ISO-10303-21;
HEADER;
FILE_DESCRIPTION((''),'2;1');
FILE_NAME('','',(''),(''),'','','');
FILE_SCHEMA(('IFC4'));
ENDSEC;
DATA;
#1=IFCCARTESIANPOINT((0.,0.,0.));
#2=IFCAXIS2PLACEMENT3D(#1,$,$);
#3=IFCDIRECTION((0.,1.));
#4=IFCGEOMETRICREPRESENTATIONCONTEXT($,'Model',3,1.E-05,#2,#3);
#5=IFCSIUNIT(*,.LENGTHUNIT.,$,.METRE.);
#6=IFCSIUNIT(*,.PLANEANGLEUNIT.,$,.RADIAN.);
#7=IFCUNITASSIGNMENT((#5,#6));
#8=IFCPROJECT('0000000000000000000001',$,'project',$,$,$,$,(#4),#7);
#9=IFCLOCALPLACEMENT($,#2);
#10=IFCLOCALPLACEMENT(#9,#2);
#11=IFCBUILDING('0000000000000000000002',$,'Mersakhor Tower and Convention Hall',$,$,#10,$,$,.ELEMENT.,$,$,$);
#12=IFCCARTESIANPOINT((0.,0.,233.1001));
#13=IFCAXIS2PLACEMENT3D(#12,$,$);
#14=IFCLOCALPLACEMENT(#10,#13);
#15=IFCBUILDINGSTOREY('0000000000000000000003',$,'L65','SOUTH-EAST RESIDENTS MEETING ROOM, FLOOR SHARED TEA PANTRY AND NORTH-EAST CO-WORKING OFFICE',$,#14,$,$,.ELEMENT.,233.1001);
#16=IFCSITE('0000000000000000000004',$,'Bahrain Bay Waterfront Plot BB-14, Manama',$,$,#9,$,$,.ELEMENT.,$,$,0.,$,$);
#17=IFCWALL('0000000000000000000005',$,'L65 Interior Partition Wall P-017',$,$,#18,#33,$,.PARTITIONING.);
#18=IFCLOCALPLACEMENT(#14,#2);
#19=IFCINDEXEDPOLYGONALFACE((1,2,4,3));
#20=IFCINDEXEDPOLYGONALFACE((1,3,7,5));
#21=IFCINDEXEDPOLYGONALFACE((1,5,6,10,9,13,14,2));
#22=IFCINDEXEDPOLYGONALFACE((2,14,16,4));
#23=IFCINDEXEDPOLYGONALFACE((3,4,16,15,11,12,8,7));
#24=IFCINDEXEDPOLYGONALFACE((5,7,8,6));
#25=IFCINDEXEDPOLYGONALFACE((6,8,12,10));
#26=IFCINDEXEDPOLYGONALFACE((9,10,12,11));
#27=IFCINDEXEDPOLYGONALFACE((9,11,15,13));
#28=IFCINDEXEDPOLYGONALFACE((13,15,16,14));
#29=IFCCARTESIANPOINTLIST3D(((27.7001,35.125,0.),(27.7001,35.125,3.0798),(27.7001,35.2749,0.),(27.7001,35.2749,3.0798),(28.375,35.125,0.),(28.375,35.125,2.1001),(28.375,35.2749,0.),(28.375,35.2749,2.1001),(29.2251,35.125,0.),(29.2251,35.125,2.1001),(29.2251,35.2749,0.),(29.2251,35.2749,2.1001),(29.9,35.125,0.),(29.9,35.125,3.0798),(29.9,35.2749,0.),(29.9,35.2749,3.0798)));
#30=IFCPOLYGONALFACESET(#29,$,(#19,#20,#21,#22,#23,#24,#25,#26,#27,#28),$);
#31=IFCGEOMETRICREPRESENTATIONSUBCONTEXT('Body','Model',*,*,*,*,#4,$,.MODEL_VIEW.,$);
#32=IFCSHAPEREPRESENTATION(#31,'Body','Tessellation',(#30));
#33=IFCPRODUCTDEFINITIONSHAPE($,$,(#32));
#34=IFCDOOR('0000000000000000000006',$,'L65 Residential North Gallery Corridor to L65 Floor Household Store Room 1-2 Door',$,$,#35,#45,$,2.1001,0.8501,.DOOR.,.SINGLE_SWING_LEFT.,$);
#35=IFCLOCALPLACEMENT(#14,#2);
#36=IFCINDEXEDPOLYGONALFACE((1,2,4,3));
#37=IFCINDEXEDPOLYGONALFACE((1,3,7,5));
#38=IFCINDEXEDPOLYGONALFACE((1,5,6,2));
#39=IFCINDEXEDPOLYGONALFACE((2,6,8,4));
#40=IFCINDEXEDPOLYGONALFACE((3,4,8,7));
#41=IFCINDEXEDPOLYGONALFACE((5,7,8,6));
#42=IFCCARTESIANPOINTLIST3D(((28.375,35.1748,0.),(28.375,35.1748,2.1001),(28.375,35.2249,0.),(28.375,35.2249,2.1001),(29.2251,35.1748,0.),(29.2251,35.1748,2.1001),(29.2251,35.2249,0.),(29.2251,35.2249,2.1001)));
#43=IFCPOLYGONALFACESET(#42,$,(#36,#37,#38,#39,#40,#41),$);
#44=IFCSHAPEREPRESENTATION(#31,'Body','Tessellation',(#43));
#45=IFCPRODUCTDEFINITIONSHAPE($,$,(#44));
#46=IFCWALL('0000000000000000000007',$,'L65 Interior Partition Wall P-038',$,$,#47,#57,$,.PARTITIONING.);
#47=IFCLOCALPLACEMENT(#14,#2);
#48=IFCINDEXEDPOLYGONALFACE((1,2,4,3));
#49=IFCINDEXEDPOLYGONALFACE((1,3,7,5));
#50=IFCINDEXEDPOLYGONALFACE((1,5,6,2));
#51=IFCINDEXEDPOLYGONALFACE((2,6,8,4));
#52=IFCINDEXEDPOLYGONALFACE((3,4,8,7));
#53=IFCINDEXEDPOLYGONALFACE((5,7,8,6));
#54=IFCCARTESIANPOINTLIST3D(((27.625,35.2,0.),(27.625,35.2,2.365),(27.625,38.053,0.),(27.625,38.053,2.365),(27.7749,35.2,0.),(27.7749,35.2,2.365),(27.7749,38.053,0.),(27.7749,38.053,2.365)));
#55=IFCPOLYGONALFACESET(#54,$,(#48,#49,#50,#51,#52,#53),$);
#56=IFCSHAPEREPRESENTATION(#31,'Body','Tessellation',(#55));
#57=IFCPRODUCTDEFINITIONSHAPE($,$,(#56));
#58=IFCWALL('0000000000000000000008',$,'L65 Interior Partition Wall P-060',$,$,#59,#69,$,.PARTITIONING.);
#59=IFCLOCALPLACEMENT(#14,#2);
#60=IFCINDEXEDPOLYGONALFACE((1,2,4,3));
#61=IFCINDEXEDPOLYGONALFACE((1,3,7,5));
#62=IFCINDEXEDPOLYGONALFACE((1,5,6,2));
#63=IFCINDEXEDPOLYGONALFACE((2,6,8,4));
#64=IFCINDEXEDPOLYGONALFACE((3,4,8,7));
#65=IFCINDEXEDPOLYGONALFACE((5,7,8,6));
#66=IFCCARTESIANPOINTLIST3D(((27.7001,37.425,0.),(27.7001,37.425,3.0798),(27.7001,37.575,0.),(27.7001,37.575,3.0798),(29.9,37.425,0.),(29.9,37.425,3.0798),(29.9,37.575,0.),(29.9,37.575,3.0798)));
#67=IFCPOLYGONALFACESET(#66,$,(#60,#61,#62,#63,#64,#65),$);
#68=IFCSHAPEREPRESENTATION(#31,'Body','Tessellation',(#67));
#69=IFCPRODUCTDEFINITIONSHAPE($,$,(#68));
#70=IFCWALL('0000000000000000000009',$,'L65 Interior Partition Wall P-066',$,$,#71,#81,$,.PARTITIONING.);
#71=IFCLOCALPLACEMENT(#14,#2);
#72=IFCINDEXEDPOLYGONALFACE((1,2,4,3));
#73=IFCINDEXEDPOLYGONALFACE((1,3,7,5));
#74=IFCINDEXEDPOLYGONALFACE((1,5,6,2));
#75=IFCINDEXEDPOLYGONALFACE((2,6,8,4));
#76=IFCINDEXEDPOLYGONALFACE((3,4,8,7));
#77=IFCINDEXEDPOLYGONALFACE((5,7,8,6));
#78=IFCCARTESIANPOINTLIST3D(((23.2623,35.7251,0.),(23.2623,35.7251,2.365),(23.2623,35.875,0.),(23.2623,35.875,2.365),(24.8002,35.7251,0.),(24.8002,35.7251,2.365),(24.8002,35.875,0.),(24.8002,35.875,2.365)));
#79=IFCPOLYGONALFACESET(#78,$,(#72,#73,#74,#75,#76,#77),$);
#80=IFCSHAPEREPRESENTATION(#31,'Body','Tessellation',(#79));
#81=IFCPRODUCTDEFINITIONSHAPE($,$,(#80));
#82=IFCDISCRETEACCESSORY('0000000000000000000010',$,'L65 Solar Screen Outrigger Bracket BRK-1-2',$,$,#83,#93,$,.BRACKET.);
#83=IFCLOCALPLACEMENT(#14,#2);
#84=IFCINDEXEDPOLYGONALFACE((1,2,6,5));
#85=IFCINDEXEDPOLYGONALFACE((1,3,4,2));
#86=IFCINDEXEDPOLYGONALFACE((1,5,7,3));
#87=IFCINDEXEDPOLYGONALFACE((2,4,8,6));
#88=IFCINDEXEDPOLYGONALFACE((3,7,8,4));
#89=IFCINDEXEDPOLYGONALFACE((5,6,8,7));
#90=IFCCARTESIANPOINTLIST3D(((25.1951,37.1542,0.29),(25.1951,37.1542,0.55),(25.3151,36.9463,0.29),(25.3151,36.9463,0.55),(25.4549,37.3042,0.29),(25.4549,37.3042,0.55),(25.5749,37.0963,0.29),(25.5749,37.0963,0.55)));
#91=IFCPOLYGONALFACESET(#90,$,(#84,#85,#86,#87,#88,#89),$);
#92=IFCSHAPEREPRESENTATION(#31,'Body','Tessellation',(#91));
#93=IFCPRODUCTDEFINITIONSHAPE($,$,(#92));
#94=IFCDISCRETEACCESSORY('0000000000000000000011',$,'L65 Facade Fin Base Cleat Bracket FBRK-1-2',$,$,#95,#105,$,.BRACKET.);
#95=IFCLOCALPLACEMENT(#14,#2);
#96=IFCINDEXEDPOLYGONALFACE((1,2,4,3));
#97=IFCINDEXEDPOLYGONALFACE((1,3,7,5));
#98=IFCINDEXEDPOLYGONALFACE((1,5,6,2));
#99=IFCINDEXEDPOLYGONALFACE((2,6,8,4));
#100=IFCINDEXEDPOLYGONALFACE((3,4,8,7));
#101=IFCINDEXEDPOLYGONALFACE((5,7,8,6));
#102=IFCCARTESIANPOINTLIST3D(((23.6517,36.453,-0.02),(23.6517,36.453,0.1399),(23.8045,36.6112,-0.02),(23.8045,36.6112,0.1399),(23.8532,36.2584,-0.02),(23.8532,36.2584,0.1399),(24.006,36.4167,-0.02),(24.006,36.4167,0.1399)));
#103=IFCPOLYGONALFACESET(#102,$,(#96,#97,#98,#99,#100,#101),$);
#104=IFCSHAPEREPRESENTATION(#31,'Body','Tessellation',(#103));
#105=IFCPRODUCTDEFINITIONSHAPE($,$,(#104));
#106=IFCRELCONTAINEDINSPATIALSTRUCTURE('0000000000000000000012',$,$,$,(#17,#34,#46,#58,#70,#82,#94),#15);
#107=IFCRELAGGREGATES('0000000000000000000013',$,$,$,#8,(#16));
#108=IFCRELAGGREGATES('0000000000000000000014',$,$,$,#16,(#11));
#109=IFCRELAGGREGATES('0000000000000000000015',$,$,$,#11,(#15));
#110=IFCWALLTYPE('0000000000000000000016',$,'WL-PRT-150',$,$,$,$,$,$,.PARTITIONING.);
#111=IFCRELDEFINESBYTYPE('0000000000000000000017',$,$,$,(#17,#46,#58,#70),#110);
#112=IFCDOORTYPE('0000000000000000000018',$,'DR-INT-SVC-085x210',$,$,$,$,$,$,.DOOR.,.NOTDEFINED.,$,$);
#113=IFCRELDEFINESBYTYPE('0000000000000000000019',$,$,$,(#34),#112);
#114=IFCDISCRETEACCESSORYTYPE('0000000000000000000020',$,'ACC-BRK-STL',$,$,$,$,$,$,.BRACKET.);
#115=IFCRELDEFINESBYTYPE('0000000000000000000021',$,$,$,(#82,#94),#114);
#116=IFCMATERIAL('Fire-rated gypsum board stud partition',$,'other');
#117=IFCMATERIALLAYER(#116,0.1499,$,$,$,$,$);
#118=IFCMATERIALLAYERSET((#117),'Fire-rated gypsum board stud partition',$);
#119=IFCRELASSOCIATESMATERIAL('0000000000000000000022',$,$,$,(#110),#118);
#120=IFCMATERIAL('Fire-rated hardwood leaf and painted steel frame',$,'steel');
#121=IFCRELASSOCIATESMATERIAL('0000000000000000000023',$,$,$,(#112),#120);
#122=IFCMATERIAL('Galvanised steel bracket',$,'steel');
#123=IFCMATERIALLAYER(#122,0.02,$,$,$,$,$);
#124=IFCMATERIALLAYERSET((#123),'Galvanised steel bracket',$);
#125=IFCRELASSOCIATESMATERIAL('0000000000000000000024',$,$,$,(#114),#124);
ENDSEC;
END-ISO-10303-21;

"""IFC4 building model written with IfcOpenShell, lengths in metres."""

from ifc_helpers import new_model, si_unit, direction, frame, frame_2d, origin, origin_2d, place, context, subcontext, project, spatial, rectangle, extrude, material, layer, layer_set, type_object, element, fill, save


model = new_model("IFC4")

# Units and contexts
model_context = context("Model", 3, precision=1e-05, world=origin(), true_north=direction((0.0, 1.0)))
body_context = subcontext(model_context, "Body", "Model", "MODEL_VIEW")
ifc_project = project(units=[si_unit("LENGTHUNIT", "METRE"), si_unit("PLANEANGLEUNIT", "RADIAN")], contexts=[model_context])

# Site, building, storey
site_placement = place(None, origin())
site = spatial("IfcSite", under=ifc_project, at=site_placement, Name="Bahrain Bay Waterfront Plot BB-14, Manama", CompositionType="ELEMENT", RefElevation=0.0)
building_placement = place(site_placement, origin())
building = spatial("IfcBuilding", under=site, at=building_placement, Name="Mersakhor Tower and Convention Hall", CompositionType="ELEMENT")
storey_placement = place(building_placement, frame((0.0, 0.0, 233.1001)))
storey = spatial("IfcBuildingStorey", under=building, at=storey_placement, Name="L65", Description="SOUTH-EAST RESIDENTS MEETING ROOM, FLOOR SHARED TEA PANTRY AND NORTH-EAST CO-WORKING OFFICE", CompositionType="ELEMENT", Elevation=233.1001)

# Wall, opening, door
ifc_material_1 = material(Name="Fire-rated gypsum board stud partition", Category="other")
ifc_layer_1 = layer(ifc_material_1, 0.1499)
ifc_layer_set_1 = layer_set([ifc_layer_1], Name="Fire-rated gypsum board stud partition")
wall_type_1 = type_object("IfcWallType", Name="WL-PRT-150", PredefinedType="PARTITIONING", material=ifc_layer_set_1)
wall_1_placement = place(storey_placement, frame((27.7, 35.2, 0.0), z_axis=(0.0, 0.0, 1.0), x_axis=(1.0, 0.0, 0.0)))
wall_1 = element("IfcWall", 1, at=wall_1_placement, inside=storey, type_object=wall_type_1, Name="L65 Interior Partition Wall P-017", PredefinedType="PARTITIONING", context=body_context, shape_type="SweptSolid", body=[
    extrude(rectangle(XDim=2.2, YDim=0.1499, at=frame_2d((1.1001, 0.0))), origin(), (0.0, 0.0, 1.0), 3.0798),
])
opening_placement = place(wall_1_placement, frame((0.675, 0.0, 0.0)))
opening = element("IfcOpeningElement", 2, at=opening_placement, cuts=wall_1, PredefinedType="OPENING", context=body_context, shape_type="SweptSolid", body=[
    extrude(rectangle(XDim=0.8501, YDim=2.1001, at=frame_2d((0.425, 1.05))), frame((0.0, 0.085, 0.0), z_axis=(0.0, -1.0, 0.0), x_axis=(1.0, 0.0, 0.0)), (0.0, 0.0, 1.0), 0.1699),
])
ifc_material_2 = material(Name="Fire-rated hardwood leaf and painted steel frame", Category="steel")
door_type = type_object("IfcDoorType", Name="DR-INT-SVC-085x210", OperationType="NOTDEFINED", PredefinedType="DOOR", material=ifc_material_2)
door_placement = place(opening_placement, origin())
door = element("IfcDoor", 3, at=door_placement, inside=storey, type_object=door_type, Name="L65 Residential North Gallery Corridor to L65 Floor Household Store Room 1-2 Door", OperationType="SINGLE_SWING_LEFT", OverallHeight=2.1001, OverallWidth=0.8501, PredefinedType="DOOR", context=body_context, shape_type="SweptSolid", body=[
    extrude(rectangle(XDim=0.8501, YDim=2.1001, at=frame_2d((0.425, 1.05))), frame((0.0, 0.0249, 0.0), z_axis=(0.0, -1.0, 0.0), x_axis=(1.0, 0.0, 0.0)), (0.0, 0.0, 1.0), 0.05),
])
fill(opening, door)

# Walls
wall_2_placement = place(storey_placement, frame((27.7, 38.053, 0.0), z_axis=(0.0, 0.0, 1.0), x_axis=(0.0, -1.0, 0.0)))
element("IfcWall", 4, at=wall_2_placement, inside=storey, type_object=wall_type_1, Name="L65 Interior Partition Wall P-038", PredefinedType="PARTITIONING", context=body_context, shape_type="SweptSolid", body=[
    extrude(rectangle(XDim=2.853, YDim=0.1499, at=frame_2d((1.4265, 0.0))), origin(), (0.0, 0.0, 1.0), 2.365),
])
wall_3_placement = place(storey_placement, frame((27.7, 37.5, 0.0), z_axis=(0.0, 0.0, 1.0), x_axis=(1.0, 0.0, 0.0)))
element("IfcWall", 5, at=wall_3_placement, inside=storey, type_object=wall_type_1, Name="L65 Interior Partition Wall P-060", PredefinedType="PARTITIONING", context=body_context, shape_type="SweptSolid", body=[
    extrude(rectangle(XDim=2.2, YDim=0.1499, at=frame_2d((1.1001, 0.0))), origin(), (0.0, 0.0, 1.0), 3.0798),
])
wall_4_placement = place(storey_placement, frame((23.2622, 35.8, 0.0), z_axis=(0.0, 0.0, 1.0), x_axis=(1.0, 0.0, 0.0)))
element("IfcWall", 6, at=wall_4_placement, inside=storey, type_object=wall_type_1, Name="L65 Interior Partition Wall P-066", PredefinedType="PARTITIONING", context=body_context, shape_type="SweptSolid", body=[
    extrude(rectangle(XDim=1.5378, YDim=0.1499, at=frame_2d((0.769, 0.0))), origin(), (0.0, 0.0, 1.0), 2.365),
])

# Discrete accessories
ifc_material_3 = material(Name="Galvanised steel bracket", Category="steel")
ifc_layer_2 = layer(ifc_material_3, 0.02)
ifc_layer_set_2 = layer_set([ifc_layer_2], Name="Galvanised steel bracket")
discrete_accessory_type = type_object("IfcDiscreteAccessoryType", Name="ACC-BRK-STL", PredefinedType="BRACKET", material=ifc_layer_set_2)
discrete_accessory_1_placement = place(storey_placement, frame((25.385, 37.1252, 0.29), z_axis=(0.0, 0.0, 1.0), x_axis=(0.866025, 0.5, 0.0)))
element("IfcDiscreteAccessory", 7, at=discrete_accessory_1_placement, inside=storey, type_object=discrete_accessory_type, Name="L65 Solar Screen Outrigger Bracket BRK-1-2", PredefinedType="BRACKET", context=body_context, shape_type="SweptSolid", body=[
    extrude(rectangle(XDim=0.3, YDim=0.24, at=origin_2d()), origin(), (0.0, 0.0, 1.0), 0.26),
])
discrete_accessory_2_placement = place(storey_placement, frame((23.8289, 36.4348, -0.02), z_axis=(0.0, 0.0, 1.0), x_axis=(-0.71934, 0.694658, 0.0)))
element("IfcDiscreteAccessory", 8, at=discrete_accessory_2_placement, inside=storey, type_object=discrete_accessory_type, Name="L65 Facade Fin Base Cleat Bracket FBRK-1-2", PredefinedType="BRACKET", context=body_context, shape_type="SweptSolid", body=[
    extrude(rectangle(XDim=0.28, YDim=0.22, at=origin_2d()), origin(), (0.0, 0.0, 1.0), 0.1599),
])

save(model, "model.ifc")
